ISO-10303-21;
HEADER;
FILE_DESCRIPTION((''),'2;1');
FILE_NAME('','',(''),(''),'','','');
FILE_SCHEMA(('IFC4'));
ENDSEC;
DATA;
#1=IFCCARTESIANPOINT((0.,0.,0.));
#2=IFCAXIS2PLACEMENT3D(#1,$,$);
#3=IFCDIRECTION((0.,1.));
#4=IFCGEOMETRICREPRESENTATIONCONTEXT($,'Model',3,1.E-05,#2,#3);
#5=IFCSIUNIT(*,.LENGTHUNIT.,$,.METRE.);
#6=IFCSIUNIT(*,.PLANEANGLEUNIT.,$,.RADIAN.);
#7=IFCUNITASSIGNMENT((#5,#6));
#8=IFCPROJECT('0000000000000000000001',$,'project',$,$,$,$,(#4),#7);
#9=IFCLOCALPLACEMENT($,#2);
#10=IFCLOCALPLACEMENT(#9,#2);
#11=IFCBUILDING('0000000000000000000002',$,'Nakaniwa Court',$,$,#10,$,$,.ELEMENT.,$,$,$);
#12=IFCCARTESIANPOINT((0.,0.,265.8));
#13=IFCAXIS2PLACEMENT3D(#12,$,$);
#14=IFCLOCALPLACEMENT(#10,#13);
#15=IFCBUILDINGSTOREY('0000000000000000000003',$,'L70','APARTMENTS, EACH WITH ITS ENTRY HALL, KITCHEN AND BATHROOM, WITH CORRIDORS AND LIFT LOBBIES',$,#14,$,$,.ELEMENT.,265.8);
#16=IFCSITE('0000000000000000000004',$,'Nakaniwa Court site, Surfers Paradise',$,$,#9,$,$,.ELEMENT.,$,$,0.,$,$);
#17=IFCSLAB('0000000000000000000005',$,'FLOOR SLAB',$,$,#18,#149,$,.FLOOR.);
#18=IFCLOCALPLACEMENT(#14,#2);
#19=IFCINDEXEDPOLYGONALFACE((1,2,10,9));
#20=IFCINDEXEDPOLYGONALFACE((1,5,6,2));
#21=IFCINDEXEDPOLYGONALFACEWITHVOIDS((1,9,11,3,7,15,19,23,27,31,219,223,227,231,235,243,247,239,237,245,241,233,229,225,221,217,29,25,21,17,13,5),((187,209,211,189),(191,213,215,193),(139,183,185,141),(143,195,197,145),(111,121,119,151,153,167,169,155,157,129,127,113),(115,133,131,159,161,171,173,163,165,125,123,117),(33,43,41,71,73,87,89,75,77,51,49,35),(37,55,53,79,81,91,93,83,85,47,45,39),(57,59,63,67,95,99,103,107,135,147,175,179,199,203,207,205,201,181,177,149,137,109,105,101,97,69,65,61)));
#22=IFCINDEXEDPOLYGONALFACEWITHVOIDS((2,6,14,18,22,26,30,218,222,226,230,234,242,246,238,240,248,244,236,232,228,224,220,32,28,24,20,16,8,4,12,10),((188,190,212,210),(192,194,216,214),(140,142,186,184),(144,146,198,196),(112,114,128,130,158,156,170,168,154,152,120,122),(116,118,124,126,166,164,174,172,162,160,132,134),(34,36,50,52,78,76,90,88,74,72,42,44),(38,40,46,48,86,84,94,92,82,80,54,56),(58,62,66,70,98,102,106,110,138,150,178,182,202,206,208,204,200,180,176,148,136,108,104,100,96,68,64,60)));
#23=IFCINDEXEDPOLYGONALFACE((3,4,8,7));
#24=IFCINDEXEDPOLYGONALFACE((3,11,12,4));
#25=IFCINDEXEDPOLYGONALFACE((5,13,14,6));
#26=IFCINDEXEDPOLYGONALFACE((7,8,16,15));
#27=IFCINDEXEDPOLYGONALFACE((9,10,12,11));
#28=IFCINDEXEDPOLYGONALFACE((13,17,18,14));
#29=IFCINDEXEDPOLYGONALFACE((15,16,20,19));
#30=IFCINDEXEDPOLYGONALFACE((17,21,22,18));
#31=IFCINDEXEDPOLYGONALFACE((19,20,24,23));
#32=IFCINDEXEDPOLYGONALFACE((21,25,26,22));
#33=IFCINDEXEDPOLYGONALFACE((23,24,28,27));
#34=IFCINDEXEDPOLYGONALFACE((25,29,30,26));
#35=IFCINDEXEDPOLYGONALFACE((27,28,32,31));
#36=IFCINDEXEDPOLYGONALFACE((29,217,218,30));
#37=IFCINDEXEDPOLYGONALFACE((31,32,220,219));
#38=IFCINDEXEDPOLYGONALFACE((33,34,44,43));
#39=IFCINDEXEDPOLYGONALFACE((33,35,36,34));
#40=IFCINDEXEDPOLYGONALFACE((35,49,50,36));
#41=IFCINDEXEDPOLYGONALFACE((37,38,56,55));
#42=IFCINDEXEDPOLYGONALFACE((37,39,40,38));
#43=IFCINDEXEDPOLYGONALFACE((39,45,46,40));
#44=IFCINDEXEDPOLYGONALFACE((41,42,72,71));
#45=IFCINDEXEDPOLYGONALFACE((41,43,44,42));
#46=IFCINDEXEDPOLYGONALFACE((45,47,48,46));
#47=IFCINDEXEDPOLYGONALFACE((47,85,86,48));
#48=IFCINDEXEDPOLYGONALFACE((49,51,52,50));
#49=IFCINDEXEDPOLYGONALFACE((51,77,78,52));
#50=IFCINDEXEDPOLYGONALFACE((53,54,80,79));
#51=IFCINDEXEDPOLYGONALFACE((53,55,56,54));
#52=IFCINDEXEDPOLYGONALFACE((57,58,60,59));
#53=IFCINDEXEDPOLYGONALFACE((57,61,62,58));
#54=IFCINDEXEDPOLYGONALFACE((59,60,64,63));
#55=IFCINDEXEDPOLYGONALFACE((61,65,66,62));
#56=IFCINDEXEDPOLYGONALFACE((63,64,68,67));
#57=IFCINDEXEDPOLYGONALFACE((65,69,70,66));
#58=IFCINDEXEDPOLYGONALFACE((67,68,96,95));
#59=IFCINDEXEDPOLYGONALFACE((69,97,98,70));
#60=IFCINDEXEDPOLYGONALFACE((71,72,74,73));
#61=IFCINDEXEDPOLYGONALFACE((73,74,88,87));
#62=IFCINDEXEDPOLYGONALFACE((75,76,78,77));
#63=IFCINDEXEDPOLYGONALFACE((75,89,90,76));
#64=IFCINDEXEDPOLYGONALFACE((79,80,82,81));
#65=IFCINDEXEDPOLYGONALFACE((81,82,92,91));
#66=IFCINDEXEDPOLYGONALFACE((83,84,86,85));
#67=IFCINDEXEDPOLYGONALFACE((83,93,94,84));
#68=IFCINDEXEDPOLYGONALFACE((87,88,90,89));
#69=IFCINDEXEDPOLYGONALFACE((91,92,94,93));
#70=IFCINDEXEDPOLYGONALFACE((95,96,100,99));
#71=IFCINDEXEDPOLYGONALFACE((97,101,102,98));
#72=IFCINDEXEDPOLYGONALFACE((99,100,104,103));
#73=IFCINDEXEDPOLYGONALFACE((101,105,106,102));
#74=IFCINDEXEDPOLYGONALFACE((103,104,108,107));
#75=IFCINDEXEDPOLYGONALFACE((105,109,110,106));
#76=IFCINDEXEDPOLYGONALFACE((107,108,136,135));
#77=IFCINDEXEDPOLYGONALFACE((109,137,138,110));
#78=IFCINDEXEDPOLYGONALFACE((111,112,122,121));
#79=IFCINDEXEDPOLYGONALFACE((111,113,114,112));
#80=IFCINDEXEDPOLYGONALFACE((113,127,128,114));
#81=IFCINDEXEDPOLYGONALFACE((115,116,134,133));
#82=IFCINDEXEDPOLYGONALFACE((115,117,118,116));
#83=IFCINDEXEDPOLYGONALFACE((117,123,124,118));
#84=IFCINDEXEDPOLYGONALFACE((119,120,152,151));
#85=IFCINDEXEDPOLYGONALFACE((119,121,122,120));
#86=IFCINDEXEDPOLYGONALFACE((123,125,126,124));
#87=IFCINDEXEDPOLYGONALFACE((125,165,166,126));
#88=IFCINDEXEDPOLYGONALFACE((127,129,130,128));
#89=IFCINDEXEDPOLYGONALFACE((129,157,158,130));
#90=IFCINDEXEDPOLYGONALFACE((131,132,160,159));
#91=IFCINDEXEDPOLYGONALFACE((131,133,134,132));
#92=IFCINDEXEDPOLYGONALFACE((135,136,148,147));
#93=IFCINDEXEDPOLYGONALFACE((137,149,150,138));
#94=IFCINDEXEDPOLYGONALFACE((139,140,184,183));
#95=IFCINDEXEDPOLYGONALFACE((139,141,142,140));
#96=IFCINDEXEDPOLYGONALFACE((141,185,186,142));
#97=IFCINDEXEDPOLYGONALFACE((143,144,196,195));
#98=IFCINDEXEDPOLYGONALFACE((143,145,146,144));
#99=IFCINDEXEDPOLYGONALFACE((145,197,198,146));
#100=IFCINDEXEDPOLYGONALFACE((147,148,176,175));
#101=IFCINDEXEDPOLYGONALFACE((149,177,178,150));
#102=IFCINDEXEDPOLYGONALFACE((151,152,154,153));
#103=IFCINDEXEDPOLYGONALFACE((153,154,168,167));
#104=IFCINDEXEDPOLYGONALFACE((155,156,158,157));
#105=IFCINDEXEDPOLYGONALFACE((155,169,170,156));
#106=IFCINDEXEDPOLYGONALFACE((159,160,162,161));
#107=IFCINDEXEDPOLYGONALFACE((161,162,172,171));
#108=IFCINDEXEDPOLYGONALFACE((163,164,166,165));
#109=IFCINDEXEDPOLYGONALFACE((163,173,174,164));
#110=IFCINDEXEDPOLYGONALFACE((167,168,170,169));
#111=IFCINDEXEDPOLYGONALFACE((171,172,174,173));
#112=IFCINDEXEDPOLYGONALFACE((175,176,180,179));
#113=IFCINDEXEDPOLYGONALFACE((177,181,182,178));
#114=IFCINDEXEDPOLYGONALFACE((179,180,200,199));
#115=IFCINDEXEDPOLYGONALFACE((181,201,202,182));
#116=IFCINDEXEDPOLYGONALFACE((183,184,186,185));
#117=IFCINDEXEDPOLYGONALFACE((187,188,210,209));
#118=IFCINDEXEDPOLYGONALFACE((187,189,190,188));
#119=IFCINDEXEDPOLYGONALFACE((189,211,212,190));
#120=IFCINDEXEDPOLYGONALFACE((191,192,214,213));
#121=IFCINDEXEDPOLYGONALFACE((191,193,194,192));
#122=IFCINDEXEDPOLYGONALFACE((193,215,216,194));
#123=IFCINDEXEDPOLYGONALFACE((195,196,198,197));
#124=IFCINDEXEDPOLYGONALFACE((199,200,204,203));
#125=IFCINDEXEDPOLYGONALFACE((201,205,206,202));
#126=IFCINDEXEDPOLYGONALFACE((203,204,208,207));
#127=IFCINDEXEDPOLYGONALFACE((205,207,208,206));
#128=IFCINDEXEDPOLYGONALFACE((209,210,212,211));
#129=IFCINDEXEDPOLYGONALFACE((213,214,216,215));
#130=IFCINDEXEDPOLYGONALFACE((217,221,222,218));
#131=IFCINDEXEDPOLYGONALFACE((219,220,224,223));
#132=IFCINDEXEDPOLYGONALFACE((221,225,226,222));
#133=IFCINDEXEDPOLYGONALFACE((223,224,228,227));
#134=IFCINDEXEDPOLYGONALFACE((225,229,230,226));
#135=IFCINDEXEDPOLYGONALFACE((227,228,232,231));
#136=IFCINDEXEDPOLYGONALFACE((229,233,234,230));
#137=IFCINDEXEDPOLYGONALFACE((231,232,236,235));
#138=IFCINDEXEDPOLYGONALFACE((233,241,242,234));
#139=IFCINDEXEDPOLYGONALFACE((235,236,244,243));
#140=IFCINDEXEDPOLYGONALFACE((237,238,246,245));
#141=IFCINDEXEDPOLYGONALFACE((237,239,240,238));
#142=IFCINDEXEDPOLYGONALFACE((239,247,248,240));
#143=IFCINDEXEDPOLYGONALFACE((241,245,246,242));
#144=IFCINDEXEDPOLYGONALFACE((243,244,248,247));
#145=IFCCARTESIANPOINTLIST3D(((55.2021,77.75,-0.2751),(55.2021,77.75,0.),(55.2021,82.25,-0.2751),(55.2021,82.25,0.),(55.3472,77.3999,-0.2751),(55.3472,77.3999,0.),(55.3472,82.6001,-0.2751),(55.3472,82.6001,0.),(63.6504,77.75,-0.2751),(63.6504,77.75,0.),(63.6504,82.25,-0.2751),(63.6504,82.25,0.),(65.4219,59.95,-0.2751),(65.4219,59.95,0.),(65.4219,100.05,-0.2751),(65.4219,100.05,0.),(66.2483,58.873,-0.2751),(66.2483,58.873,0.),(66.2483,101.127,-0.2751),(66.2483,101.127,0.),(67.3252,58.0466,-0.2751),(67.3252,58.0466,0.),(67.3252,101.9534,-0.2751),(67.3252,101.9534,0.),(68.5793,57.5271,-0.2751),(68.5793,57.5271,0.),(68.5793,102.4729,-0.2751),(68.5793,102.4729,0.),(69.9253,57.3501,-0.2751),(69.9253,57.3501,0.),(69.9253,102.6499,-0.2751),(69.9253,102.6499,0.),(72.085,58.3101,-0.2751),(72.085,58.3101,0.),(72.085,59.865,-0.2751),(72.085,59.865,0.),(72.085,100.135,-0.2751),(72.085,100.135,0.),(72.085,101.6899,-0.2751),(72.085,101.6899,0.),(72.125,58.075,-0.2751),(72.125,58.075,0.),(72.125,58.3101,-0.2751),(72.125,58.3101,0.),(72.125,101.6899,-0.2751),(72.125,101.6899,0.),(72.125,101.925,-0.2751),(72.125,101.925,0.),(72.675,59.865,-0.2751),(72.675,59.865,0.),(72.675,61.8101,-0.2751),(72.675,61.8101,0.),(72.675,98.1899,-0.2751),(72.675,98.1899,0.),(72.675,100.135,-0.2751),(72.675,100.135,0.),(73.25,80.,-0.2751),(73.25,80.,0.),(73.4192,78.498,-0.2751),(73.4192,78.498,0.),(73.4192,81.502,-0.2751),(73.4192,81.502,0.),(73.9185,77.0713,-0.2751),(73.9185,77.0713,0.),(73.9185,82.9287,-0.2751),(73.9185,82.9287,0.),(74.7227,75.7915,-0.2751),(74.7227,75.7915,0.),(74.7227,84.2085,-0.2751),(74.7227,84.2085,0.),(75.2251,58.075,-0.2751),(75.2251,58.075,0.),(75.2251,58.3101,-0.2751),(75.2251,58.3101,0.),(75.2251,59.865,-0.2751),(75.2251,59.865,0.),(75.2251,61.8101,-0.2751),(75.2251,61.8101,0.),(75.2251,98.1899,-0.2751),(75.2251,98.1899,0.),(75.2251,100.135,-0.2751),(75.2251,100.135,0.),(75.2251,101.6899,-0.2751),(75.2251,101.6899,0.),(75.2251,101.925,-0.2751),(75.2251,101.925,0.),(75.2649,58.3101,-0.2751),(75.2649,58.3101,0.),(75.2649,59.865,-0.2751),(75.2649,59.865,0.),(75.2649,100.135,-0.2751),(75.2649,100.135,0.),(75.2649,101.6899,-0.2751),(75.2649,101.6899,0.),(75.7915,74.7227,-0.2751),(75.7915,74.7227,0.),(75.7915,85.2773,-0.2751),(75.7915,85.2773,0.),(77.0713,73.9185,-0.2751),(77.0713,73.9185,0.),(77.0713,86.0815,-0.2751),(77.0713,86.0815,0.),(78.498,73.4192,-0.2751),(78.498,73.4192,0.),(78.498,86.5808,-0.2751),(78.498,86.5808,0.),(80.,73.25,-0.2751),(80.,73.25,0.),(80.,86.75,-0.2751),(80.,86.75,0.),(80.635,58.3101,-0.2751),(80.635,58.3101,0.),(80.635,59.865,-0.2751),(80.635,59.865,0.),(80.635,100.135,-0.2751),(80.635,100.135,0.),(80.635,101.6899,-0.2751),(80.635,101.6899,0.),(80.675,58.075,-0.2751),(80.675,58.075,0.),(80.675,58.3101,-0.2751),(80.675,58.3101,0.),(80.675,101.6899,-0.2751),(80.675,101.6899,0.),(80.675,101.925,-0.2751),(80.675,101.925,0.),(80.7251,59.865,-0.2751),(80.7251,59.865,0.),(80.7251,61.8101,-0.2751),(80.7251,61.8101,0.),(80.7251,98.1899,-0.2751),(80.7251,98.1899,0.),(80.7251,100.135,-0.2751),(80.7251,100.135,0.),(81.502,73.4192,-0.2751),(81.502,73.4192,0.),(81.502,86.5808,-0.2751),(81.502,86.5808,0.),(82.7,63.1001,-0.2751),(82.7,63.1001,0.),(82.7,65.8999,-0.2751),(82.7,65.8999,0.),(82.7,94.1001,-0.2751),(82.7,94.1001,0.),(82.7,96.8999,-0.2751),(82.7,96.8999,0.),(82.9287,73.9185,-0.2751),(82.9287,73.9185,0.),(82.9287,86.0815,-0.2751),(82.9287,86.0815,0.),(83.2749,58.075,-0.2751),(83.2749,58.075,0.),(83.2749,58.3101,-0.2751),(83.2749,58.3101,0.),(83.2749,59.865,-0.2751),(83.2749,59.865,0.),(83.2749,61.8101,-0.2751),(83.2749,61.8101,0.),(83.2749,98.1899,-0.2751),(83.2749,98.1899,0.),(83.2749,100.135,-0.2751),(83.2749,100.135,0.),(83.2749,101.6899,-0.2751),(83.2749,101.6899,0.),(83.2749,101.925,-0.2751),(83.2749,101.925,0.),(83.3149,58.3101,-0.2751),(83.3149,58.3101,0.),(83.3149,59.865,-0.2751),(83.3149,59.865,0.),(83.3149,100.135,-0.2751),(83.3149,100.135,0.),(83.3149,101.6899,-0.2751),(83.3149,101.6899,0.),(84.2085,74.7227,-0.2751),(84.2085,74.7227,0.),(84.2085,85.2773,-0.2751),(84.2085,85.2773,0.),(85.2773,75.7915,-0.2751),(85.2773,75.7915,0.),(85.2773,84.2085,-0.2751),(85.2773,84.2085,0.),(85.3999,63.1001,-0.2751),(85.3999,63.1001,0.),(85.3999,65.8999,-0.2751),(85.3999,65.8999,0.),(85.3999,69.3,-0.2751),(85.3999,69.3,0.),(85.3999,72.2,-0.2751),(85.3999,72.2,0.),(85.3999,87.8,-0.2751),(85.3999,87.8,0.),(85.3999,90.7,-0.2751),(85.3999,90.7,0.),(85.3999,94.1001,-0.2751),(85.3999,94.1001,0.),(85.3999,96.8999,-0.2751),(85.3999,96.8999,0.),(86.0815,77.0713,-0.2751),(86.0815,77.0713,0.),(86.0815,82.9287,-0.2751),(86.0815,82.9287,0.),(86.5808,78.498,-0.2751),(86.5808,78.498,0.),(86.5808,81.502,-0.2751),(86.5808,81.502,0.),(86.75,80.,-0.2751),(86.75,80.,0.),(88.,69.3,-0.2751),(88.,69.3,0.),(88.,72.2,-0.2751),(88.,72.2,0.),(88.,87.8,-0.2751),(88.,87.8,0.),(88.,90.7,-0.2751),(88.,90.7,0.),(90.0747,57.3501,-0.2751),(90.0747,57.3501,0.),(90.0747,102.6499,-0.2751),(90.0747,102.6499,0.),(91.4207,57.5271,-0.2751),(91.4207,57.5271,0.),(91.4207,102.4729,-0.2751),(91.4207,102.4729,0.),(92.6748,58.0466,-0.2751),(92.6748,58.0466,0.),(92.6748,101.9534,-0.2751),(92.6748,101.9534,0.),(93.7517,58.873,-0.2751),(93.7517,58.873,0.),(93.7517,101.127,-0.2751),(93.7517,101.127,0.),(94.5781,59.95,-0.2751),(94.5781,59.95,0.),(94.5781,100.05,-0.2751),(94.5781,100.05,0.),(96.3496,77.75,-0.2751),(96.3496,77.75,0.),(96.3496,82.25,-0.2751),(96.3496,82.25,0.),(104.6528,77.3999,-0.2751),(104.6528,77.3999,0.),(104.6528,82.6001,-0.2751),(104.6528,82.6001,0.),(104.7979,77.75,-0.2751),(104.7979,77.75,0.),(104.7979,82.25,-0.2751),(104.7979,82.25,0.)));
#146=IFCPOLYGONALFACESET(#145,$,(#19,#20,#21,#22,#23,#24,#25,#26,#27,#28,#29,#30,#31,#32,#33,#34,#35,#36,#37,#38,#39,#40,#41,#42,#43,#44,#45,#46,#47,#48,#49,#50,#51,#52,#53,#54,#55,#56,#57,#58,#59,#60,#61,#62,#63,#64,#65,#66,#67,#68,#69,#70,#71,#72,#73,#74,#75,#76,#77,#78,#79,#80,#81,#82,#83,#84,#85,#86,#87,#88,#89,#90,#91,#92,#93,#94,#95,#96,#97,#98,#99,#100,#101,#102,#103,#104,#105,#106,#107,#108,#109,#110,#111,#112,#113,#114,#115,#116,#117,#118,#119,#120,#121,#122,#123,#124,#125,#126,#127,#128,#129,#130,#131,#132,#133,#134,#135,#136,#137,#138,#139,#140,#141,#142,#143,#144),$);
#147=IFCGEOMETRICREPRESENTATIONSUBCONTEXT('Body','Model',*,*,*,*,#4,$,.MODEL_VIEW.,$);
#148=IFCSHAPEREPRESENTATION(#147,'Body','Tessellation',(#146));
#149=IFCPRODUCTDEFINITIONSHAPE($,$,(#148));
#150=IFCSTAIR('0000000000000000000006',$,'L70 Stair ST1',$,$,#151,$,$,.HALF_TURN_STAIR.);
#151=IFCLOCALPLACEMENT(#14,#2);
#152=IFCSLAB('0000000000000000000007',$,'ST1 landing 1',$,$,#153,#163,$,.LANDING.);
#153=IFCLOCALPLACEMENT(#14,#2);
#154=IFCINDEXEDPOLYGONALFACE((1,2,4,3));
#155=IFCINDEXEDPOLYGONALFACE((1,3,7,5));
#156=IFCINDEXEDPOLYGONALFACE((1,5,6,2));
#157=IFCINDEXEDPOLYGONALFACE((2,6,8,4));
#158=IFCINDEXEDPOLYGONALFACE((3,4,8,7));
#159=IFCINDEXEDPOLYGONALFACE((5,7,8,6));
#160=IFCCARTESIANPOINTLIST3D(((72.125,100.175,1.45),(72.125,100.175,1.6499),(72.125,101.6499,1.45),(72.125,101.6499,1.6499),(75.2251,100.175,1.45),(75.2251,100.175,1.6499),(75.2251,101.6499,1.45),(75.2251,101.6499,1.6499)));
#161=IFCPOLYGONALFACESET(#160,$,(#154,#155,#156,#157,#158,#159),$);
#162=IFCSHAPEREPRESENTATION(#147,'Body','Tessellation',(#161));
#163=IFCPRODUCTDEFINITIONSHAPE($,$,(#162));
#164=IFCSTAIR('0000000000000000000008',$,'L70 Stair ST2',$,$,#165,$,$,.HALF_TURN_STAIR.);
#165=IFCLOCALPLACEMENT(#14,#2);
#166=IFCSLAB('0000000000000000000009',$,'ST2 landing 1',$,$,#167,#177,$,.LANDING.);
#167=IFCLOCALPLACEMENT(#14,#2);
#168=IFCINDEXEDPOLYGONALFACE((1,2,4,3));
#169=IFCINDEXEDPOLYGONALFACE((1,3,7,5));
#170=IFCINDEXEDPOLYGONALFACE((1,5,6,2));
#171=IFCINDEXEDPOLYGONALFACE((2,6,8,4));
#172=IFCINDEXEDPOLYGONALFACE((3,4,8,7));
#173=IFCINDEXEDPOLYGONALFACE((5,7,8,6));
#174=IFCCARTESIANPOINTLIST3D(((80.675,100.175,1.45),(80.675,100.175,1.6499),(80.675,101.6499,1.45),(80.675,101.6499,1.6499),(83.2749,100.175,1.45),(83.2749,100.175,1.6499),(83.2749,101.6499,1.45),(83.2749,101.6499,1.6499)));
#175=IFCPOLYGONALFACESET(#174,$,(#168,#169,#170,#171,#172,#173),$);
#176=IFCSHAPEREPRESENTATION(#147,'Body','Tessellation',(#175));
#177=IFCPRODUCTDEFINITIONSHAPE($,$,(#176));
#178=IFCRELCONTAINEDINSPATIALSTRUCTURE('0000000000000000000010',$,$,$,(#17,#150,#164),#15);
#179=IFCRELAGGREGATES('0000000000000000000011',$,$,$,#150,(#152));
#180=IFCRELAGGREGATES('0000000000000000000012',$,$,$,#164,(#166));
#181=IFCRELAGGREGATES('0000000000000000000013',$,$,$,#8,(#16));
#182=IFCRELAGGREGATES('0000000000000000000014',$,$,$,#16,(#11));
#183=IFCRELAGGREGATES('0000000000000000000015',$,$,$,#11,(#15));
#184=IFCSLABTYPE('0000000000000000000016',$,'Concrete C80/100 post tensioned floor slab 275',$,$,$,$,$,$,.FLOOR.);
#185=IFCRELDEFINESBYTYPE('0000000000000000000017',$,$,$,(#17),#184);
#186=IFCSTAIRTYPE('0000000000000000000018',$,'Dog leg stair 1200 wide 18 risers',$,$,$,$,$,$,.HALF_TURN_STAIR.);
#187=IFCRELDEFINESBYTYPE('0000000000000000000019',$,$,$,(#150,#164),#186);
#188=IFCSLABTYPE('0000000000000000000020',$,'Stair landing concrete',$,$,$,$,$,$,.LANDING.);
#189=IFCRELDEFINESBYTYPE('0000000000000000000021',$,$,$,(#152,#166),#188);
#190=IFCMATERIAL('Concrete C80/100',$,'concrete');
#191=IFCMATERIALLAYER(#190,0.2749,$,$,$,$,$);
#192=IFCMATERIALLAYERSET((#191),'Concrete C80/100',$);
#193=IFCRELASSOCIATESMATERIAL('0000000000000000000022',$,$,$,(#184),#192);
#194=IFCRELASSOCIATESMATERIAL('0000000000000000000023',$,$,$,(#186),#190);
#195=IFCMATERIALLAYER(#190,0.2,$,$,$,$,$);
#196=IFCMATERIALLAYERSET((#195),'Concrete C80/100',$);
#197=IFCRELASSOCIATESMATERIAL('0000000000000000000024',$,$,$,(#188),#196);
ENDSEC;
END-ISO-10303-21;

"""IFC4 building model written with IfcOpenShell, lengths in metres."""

from ifc_helpers import new_model, si_unit, direction, frame, origin, place, context, subcontext, project, spatial, polyline, outline, extrude, material, layer, layer_set, type_object, element, aggregate, save


model = new_model("IFC4")

# Units and contexts
model_context = context("Model", 3, precision=1e-05, world=origin(), true_north=direction((0.0, 1.0)))
body_context = subcontext(model_context, "Body", "Model", "MODEL_VIEW")
ifc_project = project(units=[si_unit("LENGTHUNIT", "METRE"), si_unit("PLANEANGLEUNIT", "RADIAN")], contexts=[model_context])

# Site, building, storey
site_placement = place(None, origin())
site = spatial("IfcSite", under=ifc_project, at=site_placement, Name="Nakaniwa Court site, Surfers Paradise", CompositionType="ELEMENT", RefElevation=0.0)
building_placement = place(site_placement, origin())
building = spatial("IfcBuilding", under=site, at=building_placement, Name="Nakaniwa Court", CompositionType="ELEMENT")
storey_placement = place(building_placement, frame((0.0, 0.0, 265.8)))
storey = spatial("IfcBuildingStorey", under=building, at=storey_placement, Name="L70", Description="APARTMENTS, EACH WITH ITS ENTRY HALL, KITCHEN AND BATHROOM, WITH CORRIDORS AND LIFT LOBBIES", CompositionType="ELEMENT", Elevation=265.8)

# Shared definitions
ifc_material_1 = material(Name="Concrete C80/100", Category="concrete")

# Slab
ifc_layer_1 = layer(ifc_material_1, 0.2749)
ifc_layer_set_1 = layer_set([ifc_layer_1], Name="Concrete C80/100")
slab_type_1 = type_object("IfcSlabType", Name="Concrete C80/100 post tensioned floor slab 275", PredefinedType="FLOOR", material=ifc_layer_set_1)
slab_1_placement = place(storey_placement, frame((0.0, 0.0, -0.2751)))
element("IfcSlab", 1, at=slab_1_placement, inside=storey, type_object=slab_type_1, Name="FLOOR SLAB", PredefinedType="FLOOR", context=body_context, shape_type="SweptSolid", body=[
    extrude(outline(polyline([(96.3496, 82.25), (104.7979, 82.25), (104.6528, 82.6001), (94.5781, 100.05), (93.7517, 101.127), (92.6748, 101.9534), (91.4207, 102.4729), (90.0747, 102.6499), (69.9253, 102.6499), (68.5793, 102.4729), (67.3252, 101.9534), (66.2483, 101.127), (65.4219, 100.05), (55.3472, 82.6001), (55.2021, 82.25), (63.6504, 82.25), (63.6504, 77.75), (55.2021, 77.75), (55.3472, 77.3999), (65.4219, 59.95), (66.2483, 58.873), (67.3252, 58.0466), (68.5793, 57.5271), (69.9253, 57.3501), (90.0747, 57.3501), (91.4207, 57.5271), (92.6748, 58.0466), (93.7517, 58.873), (94.5781, 59.95), (104.6528, 77.3999), (104.7979, 77.75), (96.3496, 77.75), (96.3496, 82.25)]), holes=[polyline([(81.502, 86.5808), (80.0, 86.75), (78.498, 86.5808), (77.0713, 86.0815), (75.7915, 85.2773), (74.7227, 84.2085), (73.9185, 82.9287), (73.4192, 81.502), (73.25, 80.0), (73.4192, 78.498), (73.9185, 77.0713), (74.7227, 75.7915), (75.7915, 74.7227), (77.0713, 73.9185), (78.498, 73.4192), (80.0, 73.25), (81.502, 73.4192), (82.9287, 73.9185), (84.2085, 74.7227), (85.2773, 75.7915), (86.0815, 77.0713), (86.5808, 78.498), (86.75, 80.0), (86.5808, 81.502), (86.0815, 82.9287), (85.2773, 84.2085), (84.2085, 85.2773), (82.9287, 86.0815), (81.502, 86.5808)]), polyline([(72.675, 61.8101), (72.675, 59.865), (72.085, 59.865), (72.085, 58.3101), (72.125, 58.3101), (72.125, 58.075), (75.2251, 58.075), (75.2251, 58.3101), (75.2649, 58.3101), (75.2649, 59.865), (75.2251, 59.865), (75.2251, 61.8101), (72.675, 61.8101)]), polyline([(83.2749, 61.8101), (80.7251, 61.8101), (80.7251, 59.865), (80.635, 59.865), (80.635, 58.3101), (80.675, 58.3101), (80.675, 58.075), (83.2749, 58.075), (83.2749, 58.3101), (83.3149, 58.3101), (83.3149, 59.865), (83.2749, 59.865), (83.2749, 61.8101)]), polyline([(75.2649, 101.6899), (75.2251, 101.6899), (75.2251, 101.925), (72.125, 101.925), (72.125, 101.6899), (72.085, 101.6899), (72.085, 100.135), (72.675, 100.135), (72.675, 98.1899), (75.2251, 98.1899), (75.2251, 100.135), (75.2649, 100.135), (75.2649, 101.6899)]), polyline([(83.3149, 100.135), (83.3149, 101.6899), (83.2749, 101.6899), (83.2749, 101.925), (80.675, 101.925), (80.675, 101.6899), (80.635, 101.6899), (80.635, 100.135), (80.7251, 100.135), (80.7251, 98.1899), (83.2749, 98.1899), (83.2749, 100.135), (83.3149, 100.135)]), polyline([(85.3999, 65.8999), (82.7, 65.8999), (82.7, 63.1001), (85.3999, 63.1001), (85.3999, 65.8999)]), polyline([(88.0, 72.2), (85.3999, 72.2), (85.3999, 69.3), (88.0, 69.3), (88.0, 72.2)]), polyline([(85.3999, 90.7), (85.3999, 87.8), (88.0, 87.8), (88.0, 90.7), (85.3999, 90.7)]), polyline([(85.3999, 96.8999), (82.7, 96.8999), (82.7, 94.1001), (85.3999, 94.1001), (85.3999, 96.8999)])]), origin(), (0.0, 0.0, 1.0), 0.2751),
])

# Stairs, slabs
stair_type = type_object("IfcStairType", Name="Dog leg stair 1200 wide 18 risers", PredefinedType="HALF_TURN_STAIR", material=ifc_material_1)
stair_1_placement = place(storey_placement, origin())
stair_1 = element("IfcStair", 2, at=stair_1_placement, inside=storey, type_object=stair_type, Name="L70 Stair ST1", PredefinedType="HALF_TURN_STAIR")
ifc_layer_2 = layer(ifc_material_1, 0.2)
ifc_layer_set_2 = layer_set([ifc_layer_2], Name="Concrete C80/100")
slab_type_2 = type_object("IfcSlabType", Name="Stair landing concrete", PredefinedType="LANDING", material=ifc_layer_set_2)
slab_2_placement = place(storey_placement, frame((0.0, 0.0, 1.45)))
slab_2 = element("IfcSlab", 3, at=slab_2_placement, type_object=slab_type_2, Name="ST1 landing 1", PredefinedType="LANDING", context=body_context, shape_type="SweptSolid", body=[
    extrude(outline(polyline([(75.2251, 100.175), (75.2251, 101.6499), (72.125, 101.6499), (72.125, 100.175), (75.2251, 100.175)])), origin(), (0.0, 0.0, 1.0), 0.2),
])
aggregate(stair_1, [slab_2])
stair_2_placement = place(storey_placement, origin())
stair_2 = element("IfcStair", 4, at=stair_2_placement, inside=storey, type_object=stair_type, Name="L70 Stair ST2", PredefinedType="HALF_TURN_STAIR")
slab_3_placement = place(storey_placement, frame((0.0, 0.0, 1.45)))
slab_3 = element("IfcSlab", 5, at=slab_3_placement, type_object=slab_type_2, Name="ST2 landing 1", PredefinedType="LANDING", context=body_context, shape_type="SweptSolid", body=[
    extrude(outline(polyline([(83.2749, 100.175), (83.2749, 101.6499), (80.675, 101.6499), (80.675, 100.175), (83.2749, 100.175)])), origin(), (0.0, 0.0, 1.0), 0.2),
])
aggregate(stair_2, [slab_3])

save(model, "model.ifc")
